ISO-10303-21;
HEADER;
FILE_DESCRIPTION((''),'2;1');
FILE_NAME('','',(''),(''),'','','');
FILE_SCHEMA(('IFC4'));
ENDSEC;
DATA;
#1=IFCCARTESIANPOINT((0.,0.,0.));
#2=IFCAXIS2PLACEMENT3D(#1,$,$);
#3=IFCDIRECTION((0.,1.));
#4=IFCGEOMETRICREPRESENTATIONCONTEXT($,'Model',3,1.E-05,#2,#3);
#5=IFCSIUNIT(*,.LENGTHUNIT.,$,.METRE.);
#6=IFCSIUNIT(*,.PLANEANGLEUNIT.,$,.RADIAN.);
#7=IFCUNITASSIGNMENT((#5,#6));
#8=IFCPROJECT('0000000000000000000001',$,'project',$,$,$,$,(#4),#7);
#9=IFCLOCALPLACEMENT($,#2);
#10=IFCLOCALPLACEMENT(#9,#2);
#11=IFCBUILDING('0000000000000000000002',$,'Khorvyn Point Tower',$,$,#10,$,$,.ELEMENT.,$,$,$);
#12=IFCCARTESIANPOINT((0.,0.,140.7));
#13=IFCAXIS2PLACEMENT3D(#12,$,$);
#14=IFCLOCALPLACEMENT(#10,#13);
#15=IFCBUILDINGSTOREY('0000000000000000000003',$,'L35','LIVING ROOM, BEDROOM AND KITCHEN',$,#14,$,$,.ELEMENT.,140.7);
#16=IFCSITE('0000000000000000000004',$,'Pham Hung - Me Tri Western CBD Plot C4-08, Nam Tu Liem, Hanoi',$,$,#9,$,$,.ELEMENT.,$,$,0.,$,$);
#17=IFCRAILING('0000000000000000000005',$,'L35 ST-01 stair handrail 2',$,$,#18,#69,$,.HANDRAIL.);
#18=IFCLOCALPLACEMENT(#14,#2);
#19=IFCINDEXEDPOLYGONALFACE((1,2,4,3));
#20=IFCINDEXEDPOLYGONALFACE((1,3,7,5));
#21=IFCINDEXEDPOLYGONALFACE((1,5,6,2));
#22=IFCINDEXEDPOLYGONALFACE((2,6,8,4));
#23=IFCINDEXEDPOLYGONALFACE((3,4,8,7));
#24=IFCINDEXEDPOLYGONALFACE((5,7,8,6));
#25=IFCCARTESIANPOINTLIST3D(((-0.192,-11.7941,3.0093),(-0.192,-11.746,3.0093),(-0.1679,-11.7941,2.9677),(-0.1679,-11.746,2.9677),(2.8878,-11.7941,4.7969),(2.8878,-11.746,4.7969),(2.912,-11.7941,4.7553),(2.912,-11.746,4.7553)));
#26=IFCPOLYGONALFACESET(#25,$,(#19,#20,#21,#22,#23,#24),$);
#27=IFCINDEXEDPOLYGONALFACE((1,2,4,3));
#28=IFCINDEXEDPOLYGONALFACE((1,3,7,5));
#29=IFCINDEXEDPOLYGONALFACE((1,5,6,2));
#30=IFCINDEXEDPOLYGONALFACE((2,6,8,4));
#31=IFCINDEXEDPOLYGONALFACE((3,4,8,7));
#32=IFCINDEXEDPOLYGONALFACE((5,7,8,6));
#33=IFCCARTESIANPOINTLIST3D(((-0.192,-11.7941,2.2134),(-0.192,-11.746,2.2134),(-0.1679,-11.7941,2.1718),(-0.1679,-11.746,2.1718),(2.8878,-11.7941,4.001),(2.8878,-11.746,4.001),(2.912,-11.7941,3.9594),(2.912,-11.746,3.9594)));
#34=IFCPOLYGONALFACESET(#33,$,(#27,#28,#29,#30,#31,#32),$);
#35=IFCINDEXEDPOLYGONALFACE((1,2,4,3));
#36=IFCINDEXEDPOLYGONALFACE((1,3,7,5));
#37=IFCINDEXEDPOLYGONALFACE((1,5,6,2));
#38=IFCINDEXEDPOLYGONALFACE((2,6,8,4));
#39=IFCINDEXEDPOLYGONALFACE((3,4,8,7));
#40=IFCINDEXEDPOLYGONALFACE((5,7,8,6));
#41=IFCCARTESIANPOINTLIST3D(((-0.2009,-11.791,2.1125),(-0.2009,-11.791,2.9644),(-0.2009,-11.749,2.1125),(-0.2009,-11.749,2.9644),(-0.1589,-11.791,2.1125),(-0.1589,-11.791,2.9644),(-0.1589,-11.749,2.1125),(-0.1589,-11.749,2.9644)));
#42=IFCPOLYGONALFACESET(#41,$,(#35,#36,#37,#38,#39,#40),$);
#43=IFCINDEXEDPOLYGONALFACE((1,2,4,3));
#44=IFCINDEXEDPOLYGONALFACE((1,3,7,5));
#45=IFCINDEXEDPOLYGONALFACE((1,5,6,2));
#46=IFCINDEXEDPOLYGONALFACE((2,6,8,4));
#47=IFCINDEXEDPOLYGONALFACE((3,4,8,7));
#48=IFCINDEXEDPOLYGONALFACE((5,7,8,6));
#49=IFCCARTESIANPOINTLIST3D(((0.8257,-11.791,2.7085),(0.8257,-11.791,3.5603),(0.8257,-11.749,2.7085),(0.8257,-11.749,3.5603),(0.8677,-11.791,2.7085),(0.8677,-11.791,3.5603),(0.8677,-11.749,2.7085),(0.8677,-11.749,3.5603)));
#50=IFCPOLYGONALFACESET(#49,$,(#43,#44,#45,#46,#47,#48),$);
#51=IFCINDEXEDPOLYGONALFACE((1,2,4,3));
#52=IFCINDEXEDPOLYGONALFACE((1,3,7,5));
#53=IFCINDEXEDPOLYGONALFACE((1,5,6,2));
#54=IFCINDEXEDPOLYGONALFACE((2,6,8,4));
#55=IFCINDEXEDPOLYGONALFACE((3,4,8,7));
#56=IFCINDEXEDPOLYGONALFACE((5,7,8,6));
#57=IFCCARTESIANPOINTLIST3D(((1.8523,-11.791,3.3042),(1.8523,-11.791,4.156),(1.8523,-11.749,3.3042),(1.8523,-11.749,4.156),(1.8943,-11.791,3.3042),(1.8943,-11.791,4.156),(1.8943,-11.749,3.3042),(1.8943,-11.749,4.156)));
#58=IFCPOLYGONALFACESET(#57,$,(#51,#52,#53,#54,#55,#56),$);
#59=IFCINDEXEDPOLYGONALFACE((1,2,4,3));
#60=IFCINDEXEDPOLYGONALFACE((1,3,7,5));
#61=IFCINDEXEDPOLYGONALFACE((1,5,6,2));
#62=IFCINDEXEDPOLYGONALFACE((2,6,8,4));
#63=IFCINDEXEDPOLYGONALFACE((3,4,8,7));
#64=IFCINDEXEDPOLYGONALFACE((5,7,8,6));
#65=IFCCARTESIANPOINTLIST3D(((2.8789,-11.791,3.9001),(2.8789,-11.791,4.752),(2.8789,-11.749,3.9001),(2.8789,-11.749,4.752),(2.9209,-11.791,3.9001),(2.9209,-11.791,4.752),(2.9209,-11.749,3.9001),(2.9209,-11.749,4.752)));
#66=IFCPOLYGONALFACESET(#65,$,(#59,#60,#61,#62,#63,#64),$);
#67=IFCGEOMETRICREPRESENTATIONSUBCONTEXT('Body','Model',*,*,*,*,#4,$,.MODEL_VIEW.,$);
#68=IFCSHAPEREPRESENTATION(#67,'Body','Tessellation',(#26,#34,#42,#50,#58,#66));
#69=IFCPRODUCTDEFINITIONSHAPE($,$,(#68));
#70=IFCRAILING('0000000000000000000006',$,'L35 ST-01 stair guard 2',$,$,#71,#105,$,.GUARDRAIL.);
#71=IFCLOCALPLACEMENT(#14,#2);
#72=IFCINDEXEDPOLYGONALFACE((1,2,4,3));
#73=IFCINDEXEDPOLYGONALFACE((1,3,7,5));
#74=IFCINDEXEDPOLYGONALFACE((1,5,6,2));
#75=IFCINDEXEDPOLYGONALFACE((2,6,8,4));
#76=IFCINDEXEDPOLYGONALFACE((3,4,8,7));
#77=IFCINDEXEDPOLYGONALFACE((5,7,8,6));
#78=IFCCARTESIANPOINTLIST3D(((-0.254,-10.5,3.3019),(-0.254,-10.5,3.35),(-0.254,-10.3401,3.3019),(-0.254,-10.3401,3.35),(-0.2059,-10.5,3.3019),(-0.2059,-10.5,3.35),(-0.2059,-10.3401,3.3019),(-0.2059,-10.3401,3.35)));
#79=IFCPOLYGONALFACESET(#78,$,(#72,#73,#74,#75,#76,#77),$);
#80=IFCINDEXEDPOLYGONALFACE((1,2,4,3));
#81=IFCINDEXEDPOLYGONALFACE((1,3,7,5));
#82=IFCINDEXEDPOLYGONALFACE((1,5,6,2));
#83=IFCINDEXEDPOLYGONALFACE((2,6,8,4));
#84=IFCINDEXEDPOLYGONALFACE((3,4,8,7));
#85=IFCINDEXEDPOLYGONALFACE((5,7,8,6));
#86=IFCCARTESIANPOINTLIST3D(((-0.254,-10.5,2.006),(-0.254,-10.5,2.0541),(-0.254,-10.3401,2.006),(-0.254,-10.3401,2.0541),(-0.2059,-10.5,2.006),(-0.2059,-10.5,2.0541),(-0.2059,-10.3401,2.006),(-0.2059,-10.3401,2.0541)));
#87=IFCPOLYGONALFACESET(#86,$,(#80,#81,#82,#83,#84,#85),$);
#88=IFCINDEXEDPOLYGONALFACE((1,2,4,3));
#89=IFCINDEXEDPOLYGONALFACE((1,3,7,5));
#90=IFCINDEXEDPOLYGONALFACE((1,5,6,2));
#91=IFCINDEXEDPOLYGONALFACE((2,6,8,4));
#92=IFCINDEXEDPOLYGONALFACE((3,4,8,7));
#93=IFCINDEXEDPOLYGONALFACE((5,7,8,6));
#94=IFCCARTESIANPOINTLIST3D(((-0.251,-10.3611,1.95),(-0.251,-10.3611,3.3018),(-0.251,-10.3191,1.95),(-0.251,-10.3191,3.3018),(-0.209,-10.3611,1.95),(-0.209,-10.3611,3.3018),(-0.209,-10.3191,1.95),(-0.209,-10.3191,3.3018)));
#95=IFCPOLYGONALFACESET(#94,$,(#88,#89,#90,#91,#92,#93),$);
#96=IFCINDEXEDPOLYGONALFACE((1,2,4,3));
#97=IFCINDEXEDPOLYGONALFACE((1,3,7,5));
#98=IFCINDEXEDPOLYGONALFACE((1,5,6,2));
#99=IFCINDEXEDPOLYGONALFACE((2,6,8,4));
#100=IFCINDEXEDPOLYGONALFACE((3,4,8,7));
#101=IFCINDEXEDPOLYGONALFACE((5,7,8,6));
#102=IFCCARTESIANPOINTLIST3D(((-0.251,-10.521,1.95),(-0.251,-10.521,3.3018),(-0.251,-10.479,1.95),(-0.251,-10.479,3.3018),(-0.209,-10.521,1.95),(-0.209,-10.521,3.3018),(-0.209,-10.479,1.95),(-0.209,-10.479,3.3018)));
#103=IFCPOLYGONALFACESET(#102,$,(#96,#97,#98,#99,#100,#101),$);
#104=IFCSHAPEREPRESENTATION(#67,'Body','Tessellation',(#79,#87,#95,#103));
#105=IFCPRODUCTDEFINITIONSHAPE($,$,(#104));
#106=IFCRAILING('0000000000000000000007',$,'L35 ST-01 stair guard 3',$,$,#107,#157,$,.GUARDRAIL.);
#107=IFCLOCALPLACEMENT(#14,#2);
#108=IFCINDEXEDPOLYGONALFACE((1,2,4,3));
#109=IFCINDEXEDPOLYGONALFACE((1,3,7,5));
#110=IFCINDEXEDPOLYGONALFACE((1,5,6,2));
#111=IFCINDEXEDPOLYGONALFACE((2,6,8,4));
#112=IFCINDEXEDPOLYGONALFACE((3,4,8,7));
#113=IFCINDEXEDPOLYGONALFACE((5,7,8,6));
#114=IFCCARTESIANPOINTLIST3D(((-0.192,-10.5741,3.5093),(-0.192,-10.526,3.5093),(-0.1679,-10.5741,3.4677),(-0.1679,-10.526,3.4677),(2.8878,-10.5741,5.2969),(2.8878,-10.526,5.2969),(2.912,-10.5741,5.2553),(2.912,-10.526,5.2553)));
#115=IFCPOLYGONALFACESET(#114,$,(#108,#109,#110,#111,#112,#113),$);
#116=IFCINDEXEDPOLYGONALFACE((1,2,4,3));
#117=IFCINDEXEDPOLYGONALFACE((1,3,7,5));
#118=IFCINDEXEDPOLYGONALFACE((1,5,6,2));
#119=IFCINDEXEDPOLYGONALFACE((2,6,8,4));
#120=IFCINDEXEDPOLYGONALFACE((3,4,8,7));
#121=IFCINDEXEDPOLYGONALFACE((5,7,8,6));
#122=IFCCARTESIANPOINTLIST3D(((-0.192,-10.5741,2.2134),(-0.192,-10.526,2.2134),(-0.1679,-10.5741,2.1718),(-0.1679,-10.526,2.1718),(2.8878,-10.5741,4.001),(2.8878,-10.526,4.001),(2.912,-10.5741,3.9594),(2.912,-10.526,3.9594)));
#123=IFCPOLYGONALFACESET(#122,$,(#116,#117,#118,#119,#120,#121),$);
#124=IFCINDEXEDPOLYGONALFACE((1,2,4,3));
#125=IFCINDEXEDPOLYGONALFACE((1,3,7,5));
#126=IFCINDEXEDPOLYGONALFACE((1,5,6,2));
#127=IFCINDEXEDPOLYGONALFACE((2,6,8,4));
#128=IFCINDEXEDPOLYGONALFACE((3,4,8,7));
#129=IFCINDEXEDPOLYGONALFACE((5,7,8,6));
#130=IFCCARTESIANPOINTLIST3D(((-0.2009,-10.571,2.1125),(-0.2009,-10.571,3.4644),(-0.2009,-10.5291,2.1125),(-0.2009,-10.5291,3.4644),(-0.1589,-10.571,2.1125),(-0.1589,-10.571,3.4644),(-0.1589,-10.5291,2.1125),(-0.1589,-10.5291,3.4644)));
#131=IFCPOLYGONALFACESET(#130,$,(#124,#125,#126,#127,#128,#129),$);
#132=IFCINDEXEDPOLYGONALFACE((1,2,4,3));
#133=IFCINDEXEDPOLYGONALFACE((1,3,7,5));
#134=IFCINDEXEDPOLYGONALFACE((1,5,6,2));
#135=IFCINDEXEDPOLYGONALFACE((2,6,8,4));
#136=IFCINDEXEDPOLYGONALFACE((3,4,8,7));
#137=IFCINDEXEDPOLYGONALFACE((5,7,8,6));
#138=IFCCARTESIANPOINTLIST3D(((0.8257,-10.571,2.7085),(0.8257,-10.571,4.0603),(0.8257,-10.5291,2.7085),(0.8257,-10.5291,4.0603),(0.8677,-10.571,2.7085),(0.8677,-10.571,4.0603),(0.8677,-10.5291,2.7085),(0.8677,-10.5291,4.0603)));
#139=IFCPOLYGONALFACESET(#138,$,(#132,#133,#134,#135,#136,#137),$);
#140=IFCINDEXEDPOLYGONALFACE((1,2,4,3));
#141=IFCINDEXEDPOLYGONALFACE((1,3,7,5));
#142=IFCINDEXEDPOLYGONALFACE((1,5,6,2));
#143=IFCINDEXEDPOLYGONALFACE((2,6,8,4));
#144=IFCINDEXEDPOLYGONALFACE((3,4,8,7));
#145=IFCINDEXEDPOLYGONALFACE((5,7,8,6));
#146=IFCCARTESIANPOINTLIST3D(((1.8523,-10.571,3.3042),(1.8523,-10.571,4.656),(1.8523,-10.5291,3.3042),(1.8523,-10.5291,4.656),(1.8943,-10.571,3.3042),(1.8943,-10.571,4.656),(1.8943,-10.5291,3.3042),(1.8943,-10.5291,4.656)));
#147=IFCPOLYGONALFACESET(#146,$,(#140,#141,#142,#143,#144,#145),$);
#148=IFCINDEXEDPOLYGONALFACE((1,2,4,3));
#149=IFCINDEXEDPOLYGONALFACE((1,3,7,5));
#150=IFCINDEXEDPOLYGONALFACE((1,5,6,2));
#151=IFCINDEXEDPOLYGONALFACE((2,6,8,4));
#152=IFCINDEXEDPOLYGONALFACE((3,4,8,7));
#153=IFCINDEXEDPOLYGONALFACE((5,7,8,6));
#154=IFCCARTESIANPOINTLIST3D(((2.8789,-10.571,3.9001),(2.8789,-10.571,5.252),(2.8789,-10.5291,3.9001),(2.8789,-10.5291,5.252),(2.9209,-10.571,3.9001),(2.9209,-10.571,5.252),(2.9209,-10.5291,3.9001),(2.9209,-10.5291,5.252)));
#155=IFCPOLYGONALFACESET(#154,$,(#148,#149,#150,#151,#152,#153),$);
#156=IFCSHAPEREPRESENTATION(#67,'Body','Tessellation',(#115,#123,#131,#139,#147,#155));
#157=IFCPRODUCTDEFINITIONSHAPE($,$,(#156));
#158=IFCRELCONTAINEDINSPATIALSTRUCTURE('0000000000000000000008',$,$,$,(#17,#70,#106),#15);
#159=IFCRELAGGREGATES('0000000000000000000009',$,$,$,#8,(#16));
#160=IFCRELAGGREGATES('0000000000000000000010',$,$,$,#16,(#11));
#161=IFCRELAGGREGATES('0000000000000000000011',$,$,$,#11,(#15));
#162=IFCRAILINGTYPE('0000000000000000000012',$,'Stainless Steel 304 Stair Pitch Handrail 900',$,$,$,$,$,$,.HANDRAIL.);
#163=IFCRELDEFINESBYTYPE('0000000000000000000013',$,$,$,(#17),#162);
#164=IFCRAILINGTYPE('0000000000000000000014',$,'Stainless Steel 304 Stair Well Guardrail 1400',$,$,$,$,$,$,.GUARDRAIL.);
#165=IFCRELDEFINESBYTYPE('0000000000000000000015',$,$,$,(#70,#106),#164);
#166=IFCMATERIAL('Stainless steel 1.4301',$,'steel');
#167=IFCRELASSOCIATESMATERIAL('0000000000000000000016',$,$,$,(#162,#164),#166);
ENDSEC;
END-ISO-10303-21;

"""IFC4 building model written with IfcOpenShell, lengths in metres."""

from ifc_helpers import new_model, si_unit, direction, frame, origin, origin_2d, place, context, subcontext, project, spatial, rectangle, extrude, material, type_object, element, save


model = new_model("IFC4")

# Units and contexts
model_context = context("Model", 3, precision=1e-05, world=origin(), true_north=direction((0.0, 1.0)))
body_context = subcontext(model_context, "Body", "Model", "MODEL_VIEW")
ifc_project = project(units=[si_unit("LENGTHUNIT", "METRE"), si_unit("PLANEANGLEUNIT", "RADIAN")], contexts=[model_context])

# Site, building, storey
site_placement = place(None, origin())
site = spatial("IfcSite", under=ifc_project, at=site_placement, Name="Pham Hung - Me Tri Western CBD Plot C4-08, Nam Tu Liem, Hanoi", CompositionType="ELEMENT", RefElevation=0.0)
building_placement = place(site_placement, origin())
building = spatial("IfcBuilding", under=site, at=building_placement, Name="Khorvyn Point Tower", CompositionType="ELEMENT")
storey_placement = place(building_placement, frame((0.0, 0.0, 140.7)))
storey = spatial("IfcBuildingStorey", under=building, at=storey_placement, Name="L35", Description="LIVING ROOM, BEDROOM AND KITCHEN", CompositionType="ELEMENT", Elevation=140.7)

# Railings
ifc_material_1 = material(Name="Stainless steel 1.4301", Category="steel")
railing_type_1 = type_object("IfcRailingType", Name="Stainless Steel 304 Stair Pitch Handrail 900", PredefinedType="HANDRAIL", material=ifc_material_1)
railing_1_placement = place(storey_placement, frame((-0.1799, -11.77, 2.1125)))
element("IfcRailing", 1, at=railing_1_placement, inside=storey, type_object=railing_type_1, Name="L35 ST-01 stair handrail 2", PredefinedType="HANDRAIL", context=body_context, shape_type="SweptSolid", body=[
    extrude(rectangle(XDim=0.0481, YDim=0.0481, at=origin_2d()), frame((0.0, 0.0, 0.876), z_axis=(0.864873, 0.0, 0.50199), x_axis=(0.0, 1.0, 0.0)), (0.0, 0.0, 1.0), 3.561),
    extrude(rectangle(XDim=0.0481, YDim=0.0481, at=origin_2d()), frame((0.0, 0.0, 0.0801), z_axis=(0.864873, 0.0, 0.50199), x_axis=(0.0, 1.0, 0.0)), (0.0, 0.0, 1.0), 3.561),
    extrude(rectangle(XDim=0.042, YDim=0.042, at=origin_2d()), origin(), (0.0, 0.0, 1.0), 0.8518),
    extrude(rectangle(XDim=0.042, YDim=0.042, at=origin_2d()), frame((1.0266, 0.0, 0.5959)), (0.0, 0.0, 1.0), 0.8518),
    extrude(rectangle(XDim=0.042, YDim=0.042, at=origin_2d()), frame((2.0532, 0.0, 1.1917)), (0.0, 0.0, 1.0), 0.8518),
    extrude(rectangle(XDim=0.042, YDim=0.042, at=origin_2d()), frame((3.0798, 0.0, 1.7876)), (0.0, 0.0, 1.0), 0.8518),
])
railing_type_2 = type_object("IfcRailingType", Name="Stainless Steel 304 Stair Well Guardrail 1400", PredefinedType="GUARDRAIL", material=ifc_material_1)
railing_2_placement = place(storey_placement, frame((-0.23, -10.3401, 1.95)))
element("IfcRailing", 2, at=railing_2_placement, inside=storey, type_object=railing_type_2, Name="L35 ST-01 stair guard 2", PredefinedType="GUARDRAIL", context=body_context, shape_type="SweptSolid", body=[
    extrude(rectangle(XDim=0.0481, YDim=0.0481, at=origin_2d()), frame((0.0, 0.0, 1.376), z_axis=(0.0, -1.0, 0.0), x_axis=(1.0, 0.0, 0.0)), (0.0, 0.0, 1.0), 0.1599),
    extrude(rectangle(XDim=0.0481, YDim=0.0481, at=origin_2d()), frame((0.0, 0.0, 0.0801), z_axis=(0.0, -1.0, 0.0), x_axis=(1.0, 0.0, 0.0)), (0.0, 0.0, 1.0), 0.1599),
    extrude(rectangle(XDim=0.042, YDim=0.042, at=origin_2d()), origin(), (0.0, 0.0, 1.0), 1.3518),
    extrude(rectangle(XDim=0.042, YDim=0.042, at=origin_2d()), frame((0.0, -0.1599, 0.0)), (0.0, 0.0, 1.0), 1.3518),
])
railing_3_placement = place(storey_placement, frame((-0.1799, -10.55, 2.1125)))
element("IfcRailing", 3, at=railing_3_placement, inside=storey, type_object=railing_type_2, Name="L35 ST-01 stair guard 3", PredefinedType="GUARDRAIL", context=body_context, shape_type="SweptSolid", body=[
    extrude(rectangle(XDim=0.0481, YDim=0.0481, at=origin_2d()), frame((0.0, 0.0, 1.376), z_axis=(0.864873, 0.0, 0.50199), x_axis=(0.0, 1.0, 0.0)), (0.0, 0.0, 1.0), 3.561),
    extrude(rectangle(XDim=0.0481, YDim=0.0481, at=origin_2d()), frame((0.0, 0.0, 0.0801), z_axis=(0.864873, 0.0, 0.50199), x_axis=(0.0, 1.0, 0.0)), (0.0, 0.0, 1.0), 3.561),
    extrude(rectangle(XDim=0.042, YDim=0.042, at=origin_2d()), origin(), (0.0, 0.0, 1.0), 1.3518),
    extrude(rectangle(XDim=0.042, YDim=0.042, at=origin_2d()), frame((1.0266, 0.0, 0.5959)), (0.0, 0.0, 1.0), 1.3518),
    extrude(rectangle(XDim=0.042, YDim=0.042, at=origin_2d()), frame((2.0532, 0.0, 1.1917)), (0.0, 0.0, 1.0), 1.3518),
    extrude(rectangle(XDim=0.042, YDim=0.042, at=origin_2d()), frame((3.0798, 0.0, 1.7876)), (0.0, 0.0, 1.0), 1.3518),
])

save(model, "model.ifc")
